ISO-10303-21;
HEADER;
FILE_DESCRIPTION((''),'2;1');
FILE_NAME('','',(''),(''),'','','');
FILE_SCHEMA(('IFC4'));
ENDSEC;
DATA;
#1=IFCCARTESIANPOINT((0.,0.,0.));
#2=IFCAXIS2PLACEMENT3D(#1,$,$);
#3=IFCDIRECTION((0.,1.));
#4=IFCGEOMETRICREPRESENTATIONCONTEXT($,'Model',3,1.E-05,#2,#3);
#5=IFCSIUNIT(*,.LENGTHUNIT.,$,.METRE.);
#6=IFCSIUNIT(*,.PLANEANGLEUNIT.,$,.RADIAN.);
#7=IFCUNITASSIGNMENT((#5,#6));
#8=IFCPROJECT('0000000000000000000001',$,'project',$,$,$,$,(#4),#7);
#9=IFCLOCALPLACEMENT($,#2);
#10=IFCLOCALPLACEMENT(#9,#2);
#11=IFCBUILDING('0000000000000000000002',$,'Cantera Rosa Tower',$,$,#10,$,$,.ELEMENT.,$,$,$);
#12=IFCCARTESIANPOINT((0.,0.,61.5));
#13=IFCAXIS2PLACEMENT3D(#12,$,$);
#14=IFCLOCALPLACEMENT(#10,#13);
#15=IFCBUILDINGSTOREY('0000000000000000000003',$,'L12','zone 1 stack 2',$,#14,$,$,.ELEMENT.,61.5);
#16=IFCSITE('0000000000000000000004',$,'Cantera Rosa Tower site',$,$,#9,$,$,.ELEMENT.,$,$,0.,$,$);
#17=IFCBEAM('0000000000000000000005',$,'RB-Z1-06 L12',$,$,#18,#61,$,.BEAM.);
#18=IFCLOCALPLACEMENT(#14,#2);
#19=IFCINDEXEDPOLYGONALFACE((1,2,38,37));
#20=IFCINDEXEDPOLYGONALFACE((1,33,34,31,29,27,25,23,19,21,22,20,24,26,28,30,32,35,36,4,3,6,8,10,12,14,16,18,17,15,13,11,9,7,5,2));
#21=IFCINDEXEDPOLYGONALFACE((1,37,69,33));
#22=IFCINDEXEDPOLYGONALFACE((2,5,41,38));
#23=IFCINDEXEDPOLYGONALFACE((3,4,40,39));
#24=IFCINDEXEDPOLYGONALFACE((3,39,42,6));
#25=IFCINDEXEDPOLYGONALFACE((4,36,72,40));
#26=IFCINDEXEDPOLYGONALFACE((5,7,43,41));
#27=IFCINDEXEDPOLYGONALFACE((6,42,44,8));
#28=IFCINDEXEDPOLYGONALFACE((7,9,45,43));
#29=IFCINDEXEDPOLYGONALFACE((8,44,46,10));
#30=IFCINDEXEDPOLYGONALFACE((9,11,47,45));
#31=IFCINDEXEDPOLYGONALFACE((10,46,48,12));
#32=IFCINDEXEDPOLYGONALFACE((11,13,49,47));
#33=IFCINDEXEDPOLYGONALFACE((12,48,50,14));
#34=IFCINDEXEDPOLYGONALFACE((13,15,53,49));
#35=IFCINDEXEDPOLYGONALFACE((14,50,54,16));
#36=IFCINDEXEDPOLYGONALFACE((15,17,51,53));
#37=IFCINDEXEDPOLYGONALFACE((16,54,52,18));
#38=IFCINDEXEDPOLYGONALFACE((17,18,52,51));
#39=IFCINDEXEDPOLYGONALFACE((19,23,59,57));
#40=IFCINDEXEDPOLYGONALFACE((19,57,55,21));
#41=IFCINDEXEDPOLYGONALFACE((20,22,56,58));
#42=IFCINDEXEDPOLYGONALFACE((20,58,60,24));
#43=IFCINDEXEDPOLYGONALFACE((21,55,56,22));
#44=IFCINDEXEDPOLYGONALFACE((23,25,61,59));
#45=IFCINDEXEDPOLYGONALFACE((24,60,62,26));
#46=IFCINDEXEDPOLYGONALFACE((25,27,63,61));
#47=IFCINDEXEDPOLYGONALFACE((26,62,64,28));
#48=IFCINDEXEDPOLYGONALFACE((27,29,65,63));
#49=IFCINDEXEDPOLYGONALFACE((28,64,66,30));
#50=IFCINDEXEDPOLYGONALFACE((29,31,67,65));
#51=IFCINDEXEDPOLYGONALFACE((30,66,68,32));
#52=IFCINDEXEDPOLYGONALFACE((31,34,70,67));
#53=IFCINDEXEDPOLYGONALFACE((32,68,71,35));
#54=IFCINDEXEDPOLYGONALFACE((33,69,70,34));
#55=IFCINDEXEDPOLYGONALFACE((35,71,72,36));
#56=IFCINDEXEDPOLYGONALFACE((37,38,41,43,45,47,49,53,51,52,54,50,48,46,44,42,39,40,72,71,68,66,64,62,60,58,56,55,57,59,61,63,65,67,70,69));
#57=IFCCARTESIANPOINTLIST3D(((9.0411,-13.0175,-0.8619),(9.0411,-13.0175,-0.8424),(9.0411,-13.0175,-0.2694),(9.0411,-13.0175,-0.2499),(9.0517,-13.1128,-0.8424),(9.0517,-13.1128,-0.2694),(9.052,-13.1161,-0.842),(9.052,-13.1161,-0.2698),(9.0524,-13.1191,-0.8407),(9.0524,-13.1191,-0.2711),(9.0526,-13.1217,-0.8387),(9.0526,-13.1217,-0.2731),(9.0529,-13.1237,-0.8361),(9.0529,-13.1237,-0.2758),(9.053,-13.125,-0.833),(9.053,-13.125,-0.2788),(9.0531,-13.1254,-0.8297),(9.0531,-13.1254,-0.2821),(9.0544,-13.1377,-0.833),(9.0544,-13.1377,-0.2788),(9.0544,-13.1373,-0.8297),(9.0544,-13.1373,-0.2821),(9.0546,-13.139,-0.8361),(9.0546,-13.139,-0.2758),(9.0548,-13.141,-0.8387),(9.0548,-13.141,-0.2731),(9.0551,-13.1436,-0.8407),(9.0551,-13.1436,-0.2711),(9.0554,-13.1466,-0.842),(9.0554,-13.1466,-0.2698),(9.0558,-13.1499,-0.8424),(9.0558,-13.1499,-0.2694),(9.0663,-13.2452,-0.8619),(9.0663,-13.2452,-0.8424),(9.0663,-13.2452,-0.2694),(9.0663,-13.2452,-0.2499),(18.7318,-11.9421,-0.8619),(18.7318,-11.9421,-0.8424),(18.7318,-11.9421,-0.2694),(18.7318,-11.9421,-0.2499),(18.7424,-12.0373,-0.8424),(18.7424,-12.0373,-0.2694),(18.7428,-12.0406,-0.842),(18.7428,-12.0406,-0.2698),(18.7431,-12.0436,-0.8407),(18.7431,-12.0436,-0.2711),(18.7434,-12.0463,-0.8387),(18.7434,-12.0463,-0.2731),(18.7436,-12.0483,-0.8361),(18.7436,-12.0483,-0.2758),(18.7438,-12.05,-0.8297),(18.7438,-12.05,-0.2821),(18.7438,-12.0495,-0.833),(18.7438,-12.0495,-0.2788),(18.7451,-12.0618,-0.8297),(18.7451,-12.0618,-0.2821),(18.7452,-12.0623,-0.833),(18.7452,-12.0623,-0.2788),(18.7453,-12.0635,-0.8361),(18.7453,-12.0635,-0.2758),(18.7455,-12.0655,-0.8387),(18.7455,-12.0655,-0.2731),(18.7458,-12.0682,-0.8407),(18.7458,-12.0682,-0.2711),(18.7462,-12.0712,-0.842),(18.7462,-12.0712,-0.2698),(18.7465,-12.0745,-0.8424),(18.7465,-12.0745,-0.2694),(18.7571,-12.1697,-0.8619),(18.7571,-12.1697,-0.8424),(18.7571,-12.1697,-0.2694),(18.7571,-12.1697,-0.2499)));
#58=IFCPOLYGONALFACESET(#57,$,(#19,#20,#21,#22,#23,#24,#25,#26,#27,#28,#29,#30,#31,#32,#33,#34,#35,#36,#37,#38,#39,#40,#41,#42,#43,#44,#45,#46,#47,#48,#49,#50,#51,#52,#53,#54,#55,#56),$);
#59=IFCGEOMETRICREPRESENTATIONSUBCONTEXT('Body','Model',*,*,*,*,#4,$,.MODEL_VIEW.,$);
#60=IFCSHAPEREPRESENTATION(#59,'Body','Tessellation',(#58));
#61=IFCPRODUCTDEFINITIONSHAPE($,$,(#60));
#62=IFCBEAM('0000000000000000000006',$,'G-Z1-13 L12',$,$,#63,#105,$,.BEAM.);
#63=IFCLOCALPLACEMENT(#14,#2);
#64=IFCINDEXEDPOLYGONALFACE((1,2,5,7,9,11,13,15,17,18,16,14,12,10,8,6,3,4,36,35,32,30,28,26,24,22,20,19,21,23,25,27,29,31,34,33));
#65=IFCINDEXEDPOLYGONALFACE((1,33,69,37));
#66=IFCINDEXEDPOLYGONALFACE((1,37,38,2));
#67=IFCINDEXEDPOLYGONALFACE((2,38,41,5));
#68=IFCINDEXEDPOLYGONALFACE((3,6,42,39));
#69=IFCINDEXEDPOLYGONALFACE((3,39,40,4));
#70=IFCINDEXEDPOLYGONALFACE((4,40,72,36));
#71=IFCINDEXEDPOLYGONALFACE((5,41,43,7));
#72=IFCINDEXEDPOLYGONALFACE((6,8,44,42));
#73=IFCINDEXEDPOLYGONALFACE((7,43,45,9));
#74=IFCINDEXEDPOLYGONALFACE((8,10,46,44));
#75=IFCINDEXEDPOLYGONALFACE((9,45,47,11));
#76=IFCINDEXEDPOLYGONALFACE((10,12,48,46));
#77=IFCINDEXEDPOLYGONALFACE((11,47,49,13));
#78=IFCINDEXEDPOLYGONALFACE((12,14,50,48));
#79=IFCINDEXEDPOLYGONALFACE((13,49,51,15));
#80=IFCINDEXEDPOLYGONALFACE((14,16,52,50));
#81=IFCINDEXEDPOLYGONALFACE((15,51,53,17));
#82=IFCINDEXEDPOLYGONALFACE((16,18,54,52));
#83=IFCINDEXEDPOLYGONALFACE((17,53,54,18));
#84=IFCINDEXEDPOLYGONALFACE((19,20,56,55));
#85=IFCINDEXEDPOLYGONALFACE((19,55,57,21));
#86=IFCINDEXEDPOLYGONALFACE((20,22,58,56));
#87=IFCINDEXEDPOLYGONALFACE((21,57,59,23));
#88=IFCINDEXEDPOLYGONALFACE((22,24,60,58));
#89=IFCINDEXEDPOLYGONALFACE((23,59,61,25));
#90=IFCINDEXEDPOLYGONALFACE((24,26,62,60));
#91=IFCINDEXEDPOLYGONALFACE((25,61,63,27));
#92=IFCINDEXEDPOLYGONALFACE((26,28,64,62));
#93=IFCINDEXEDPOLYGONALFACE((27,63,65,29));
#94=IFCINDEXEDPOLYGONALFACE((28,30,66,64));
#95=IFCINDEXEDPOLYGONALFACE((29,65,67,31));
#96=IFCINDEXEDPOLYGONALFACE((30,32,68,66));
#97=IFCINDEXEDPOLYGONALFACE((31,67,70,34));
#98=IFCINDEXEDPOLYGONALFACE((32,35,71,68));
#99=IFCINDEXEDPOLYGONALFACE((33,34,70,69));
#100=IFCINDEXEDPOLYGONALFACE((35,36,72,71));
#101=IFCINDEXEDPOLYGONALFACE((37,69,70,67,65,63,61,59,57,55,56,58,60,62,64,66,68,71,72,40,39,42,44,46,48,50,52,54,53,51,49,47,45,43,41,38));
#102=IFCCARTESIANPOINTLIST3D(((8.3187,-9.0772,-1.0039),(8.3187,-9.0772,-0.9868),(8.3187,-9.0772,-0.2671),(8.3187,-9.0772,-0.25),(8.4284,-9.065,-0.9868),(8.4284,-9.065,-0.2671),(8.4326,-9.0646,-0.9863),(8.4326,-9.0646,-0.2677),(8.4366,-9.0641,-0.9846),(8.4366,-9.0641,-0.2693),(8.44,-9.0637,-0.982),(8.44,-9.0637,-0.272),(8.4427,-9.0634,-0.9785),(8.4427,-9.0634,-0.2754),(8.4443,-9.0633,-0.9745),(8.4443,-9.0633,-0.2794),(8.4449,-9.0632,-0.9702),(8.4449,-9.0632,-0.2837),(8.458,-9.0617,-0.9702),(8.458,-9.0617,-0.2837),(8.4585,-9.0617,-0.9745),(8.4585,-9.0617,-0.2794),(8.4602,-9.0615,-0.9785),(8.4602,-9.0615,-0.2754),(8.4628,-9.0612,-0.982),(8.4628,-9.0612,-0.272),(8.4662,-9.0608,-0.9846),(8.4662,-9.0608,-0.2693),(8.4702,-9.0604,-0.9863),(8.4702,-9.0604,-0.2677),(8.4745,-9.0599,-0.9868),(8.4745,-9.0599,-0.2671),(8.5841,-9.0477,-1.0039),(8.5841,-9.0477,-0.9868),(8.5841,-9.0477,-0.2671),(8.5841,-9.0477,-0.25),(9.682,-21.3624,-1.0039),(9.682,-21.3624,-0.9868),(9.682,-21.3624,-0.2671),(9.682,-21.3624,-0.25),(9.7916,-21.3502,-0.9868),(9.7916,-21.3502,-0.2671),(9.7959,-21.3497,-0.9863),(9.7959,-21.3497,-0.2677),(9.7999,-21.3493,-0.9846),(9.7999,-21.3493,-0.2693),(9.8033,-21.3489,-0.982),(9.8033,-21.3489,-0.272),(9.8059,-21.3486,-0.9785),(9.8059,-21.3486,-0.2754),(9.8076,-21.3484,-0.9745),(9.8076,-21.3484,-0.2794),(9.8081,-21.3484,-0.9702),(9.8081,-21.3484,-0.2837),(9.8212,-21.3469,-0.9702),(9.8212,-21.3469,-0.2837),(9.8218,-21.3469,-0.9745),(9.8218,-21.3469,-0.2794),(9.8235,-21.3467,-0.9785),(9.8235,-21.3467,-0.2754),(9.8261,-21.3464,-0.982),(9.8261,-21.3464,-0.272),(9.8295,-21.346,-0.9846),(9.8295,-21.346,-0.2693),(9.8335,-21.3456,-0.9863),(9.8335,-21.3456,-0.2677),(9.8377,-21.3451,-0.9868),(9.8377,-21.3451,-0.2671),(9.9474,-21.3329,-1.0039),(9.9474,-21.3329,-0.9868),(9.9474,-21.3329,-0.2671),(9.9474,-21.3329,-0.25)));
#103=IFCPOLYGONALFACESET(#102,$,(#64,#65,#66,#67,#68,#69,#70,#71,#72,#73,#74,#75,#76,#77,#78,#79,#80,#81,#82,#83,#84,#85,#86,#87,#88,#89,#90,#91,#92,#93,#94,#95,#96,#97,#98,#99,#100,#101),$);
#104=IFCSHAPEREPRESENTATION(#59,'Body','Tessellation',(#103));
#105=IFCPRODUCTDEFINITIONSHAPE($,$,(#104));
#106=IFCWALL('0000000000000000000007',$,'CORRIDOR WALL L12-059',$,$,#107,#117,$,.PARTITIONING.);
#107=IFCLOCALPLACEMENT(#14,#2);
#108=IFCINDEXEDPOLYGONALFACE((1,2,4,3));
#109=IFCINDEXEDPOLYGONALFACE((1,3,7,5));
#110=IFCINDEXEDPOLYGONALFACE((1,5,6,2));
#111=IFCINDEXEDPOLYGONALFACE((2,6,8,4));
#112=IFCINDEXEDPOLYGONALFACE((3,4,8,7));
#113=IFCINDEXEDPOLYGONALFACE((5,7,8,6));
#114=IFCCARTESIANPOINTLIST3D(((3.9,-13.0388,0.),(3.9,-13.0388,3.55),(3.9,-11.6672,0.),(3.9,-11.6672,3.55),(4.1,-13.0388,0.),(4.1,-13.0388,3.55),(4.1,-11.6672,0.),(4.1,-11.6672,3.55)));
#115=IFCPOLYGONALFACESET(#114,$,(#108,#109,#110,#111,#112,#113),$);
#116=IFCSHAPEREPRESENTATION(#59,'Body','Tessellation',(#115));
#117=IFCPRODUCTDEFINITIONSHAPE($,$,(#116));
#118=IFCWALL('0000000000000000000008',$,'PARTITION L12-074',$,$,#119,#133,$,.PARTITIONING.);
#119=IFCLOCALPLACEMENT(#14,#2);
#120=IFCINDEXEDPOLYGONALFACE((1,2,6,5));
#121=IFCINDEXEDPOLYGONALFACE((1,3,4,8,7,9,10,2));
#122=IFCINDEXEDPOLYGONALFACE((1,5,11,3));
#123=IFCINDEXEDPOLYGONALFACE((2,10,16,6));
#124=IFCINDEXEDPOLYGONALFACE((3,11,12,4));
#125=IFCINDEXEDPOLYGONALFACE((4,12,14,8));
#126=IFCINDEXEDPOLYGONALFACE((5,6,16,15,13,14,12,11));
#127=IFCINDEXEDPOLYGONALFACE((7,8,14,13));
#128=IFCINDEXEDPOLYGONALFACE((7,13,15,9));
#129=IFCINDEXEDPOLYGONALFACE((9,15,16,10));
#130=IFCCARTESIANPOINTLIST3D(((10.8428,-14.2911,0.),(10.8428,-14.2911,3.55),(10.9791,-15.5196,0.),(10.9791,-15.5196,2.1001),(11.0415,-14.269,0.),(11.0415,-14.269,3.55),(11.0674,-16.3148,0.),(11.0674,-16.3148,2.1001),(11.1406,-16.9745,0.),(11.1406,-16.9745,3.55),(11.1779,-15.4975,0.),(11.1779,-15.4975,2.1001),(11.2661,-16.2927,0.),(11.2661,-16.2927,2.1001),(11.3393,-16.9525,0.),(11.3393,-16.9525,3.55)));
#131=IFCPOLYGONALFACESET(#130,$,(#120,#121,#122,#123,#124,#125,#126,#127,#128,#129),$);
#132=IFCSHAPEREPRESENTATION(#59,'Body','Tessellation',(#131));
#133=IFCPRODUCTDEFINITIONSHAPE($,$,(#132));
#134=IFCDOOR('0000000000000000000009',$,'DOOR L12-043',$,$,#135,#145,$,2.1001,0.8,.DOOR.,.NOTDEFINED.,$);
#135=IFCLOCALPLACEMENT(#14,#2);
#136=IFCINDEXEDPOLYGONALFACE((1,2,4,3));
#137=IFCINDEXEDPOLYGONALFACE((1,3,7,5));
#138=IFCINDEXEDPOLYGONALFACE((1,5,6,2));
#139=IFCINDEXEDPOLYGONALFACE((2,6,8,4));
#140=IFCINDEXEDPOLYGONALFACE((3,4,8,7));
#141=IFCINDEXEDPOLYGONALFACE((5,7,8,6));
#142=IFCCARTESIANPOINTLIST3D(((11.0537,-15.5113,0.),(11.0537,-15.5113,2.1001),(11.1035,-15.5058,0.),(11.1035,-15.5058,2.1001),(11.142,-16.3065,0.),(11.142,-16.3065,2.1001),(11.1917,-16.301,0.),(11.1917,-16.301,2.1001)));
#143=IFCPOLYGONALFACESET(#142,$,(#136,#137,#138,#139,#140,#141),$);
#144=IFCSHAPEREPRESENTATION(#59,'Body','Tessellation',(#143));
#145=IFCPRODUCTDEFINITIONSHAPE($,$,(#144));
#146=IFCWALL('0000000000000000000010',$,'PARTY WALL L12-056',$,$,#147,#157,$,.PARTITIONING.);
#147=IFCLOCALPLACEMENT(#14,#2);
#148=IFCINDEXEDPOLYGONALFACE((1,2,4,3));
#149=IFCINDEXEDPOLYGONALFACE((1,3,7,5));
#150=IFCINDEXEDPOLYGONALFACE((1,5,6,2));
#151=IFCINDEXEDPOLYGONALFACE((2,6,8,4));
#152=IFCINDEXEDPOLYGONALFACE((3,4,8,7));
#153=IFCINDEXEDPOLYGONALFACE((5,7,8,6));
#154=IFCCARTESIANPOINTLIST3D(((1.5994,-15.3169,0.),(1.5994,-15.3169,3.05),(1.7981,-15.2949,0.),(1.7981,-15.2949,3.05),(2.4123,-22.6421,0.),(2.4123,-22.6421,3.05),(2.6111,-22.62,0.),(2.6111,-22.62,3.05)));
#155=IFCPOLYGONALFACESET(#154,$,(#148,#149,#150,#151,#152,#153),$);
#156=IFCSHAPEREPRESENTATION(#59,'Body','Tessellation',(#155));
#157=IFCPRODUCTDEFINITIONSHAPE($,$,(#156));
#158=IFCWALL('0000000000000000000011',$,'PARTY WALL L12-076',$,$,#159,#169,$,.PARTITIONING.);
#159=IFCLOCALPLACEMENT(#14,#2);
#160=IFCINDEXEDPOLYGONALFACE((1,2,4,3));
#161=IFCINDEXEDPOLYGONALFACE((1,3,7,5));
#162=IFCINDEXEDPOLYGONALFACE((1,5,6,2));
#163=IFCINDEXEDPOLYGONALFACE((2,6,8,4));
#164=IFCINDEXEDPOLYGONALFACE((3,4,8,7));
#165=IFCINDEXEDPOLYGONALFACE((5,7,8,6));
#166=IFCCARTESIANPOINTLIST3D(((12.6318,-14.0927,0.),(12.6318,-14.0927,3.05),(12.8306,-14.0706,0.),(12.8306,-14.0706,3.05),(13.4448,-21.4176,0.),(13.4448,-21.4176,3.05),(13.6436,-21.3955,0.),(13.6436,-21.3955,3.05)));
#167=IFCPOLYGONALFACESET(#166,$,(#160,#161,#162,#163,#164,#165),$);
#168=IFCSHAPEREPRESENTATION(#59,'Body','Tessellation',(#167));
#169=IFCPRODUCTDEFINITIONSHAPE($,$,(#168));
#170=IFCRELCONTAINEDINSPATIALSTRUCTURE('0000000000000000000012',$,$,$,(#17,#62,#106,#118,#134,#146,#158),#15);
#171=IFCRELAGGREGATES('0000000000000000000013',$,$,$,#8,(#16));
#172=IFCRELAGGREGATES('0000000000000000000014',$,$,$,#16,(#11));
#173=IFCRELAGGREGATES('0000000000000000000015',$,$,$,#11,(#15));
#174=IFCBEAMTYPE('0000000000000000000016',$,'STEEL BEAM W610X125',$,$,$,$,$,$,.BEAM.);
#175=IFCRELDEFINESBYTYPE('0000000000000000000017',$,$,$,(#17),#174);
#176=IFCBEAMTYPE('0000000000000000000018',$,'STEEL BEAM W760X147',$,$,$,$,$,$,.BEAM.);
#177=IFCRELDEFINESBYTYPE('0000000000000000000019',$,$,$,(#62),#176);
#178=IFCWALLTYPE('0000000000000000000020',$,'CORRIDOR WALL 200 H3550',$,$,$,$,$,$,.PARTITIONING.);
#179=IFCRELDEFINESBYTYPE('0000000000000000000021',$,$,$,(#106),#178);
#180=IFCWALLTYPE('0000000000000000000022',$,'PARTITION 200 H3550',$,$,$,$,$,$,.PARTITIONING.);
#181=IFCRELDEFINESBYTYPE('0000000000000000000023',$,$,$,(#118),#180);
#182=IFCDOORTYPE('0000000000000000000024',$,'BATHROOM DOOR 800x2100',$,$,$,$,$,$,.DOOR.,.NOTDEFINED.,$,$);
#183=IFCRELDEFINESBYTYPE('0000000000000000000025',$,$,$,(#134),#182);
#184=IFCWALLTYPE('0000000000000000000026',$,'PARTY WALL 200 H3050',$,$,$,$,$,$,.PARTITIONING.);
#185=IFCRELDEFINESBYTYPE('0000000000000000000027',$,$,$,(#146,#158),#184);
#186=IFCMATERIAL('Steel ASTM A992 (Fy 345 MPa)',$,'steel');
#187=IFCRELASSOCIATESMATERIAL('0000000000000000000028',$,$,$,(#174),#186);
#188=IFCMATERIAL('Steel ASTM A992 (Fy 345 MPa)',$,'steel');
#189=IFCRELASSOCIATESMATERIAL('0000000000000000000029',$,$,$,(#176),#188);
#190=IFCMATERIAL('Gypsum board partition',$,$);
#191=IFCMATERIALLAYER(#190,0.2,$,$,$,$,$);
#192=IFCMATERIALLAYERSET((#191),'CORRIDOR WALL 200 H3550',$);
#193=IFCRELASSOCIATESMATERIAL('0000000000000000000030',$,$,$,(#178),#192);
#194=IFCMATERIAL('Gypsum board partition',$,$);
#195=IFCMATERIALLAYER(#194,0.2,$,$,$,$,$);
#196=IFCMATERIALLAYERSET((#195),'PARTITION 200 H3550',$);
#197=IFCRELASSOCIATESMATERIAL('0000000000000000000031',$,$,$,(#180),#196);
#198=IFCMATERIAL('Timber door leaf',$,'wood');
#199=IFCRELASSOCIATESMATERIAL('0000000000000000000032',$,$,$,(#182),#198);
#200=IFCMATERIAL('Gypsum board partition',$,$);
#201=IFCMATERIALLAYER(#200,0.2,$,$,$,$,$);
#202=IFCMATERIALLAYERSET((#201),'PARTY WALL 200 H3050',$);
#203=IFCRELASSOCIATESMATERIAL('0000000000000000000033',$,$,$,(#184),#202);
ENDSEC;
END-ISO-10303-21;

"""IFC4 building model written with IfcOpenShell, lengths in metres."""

from ifc_helpers import new_model, si_unit, direction, frame, frame_2d, origin, origin_2d, place, context, subcontext, project, spatial, rectangle, i_section, extrude, material, layer, layer_set, material_profile, profile_set, type_object, element, fill, save


model = new_model("IFC4")

# Units and contexts
model_context = context("Model", 3, precision=1e-05, world=origin(), true_north=direction((0.0, 1.0)))
body_context = subcontext(model_context, "Body", "Model", "MODEL_VIEW")
ifc_project = project(units=[si_unit("LENGTHUNIT", "METRE"), si_unit("PLANEANGLEUNIT", "RADIAN")], contexts=[model_context])

# Site, building, storey
site_placement = place(None, origin())
site = spatial("IfcSite", under=ifc_project, at=site_placement, Name="Cantera Rosa Tower site", CompositionType="ELEMENT", RefElevation=0.0)
building_placement = place(site_placement, origin())
building = spatial("IfcBuilding", under=site, at=building_placement, Name="Cantera Rosa Tower", CompositionType="ELEMENT")
storey_placement = place(building_placement, frame((0.0, 0.0, 61.5)))
storey = spatial("IfcBuildingStorey", under=building, at=storey_placement, Name="L12", Description="zone 1 stack 2", CompositionType="ELEMENT", Elevation=61.5)

# Beams
ifc_material_1 = material(Name="Steel ASTM A992 (Fy 345 MPa)", Category="steel")
ifc_material_profile_1 = material_profile(ifc_material_1, i_section(OverallWidth=0.229, OverallDepth=0.6121, WebThickness=0.012, FlangeThickness=0.0195, FilletRadius=0.0127, at=origin_2d()), Name="W610X125")
ifc_profile_set_1 = profile_set([ifc_material_profile_1], Name="Steel ASTM A992 (Fy 345 MPa)")
beam_type_1 = type_object("IfcBeamType", Name="STEEL BEAM W610X125", PredefinedType="BEAM", material=ifc_profile_set_1)
beam_1_placement = place(storey_placement, frame((9.0537, -13.1313, -0.5559), z_axis=(0.993898, 0.1103, 0.0), x_axis=(-0.1103, 0.993898, 0.0)))
element("IfcBeam", 1, at=beam_1_placement, inside=storey, type_object=beam_type_1, Name="RB-Z1-06 L12", PredefinedType="BEAM", context=body_context, shape_type="SweptSolid", body=[
    extrude(i_section(OverallWidth=0.229, OverallDepth=0.6121, WebThickness=0.012, FlangeThickness=0.0195, FilletRadius=0.0127, at=origin_2d()), origin(), (0.0, 0.0, 1.0), 9.7502),
])
ifc_material_2 = material(Name="Steel ASTM A992 (Fy 345 MPa)", Category="steel")
ifc_material_profile_2 = material_profile(ifc_material_2, i_section(OverallWidth=0.2671, OverallDepth=0.7539, WebThickness=0.0132, FlangeThickness=0.0171, FilletRadius=0.0166, at=origin_2d()), Name="W760X147")
ifc_profile_set_2 = profile_set([ifc_material_profile_2], Name="Steel ASTM A992 (Fy 345 MPa)")
beam_type_2 = type_object("IfcBeamType", Name="STEEL BEAM W760X147", PredefinedType="BEAM", material=ifc_profile_set_2)
beam_2_placement = place(storey_placement, frame((9.8147, -21.3477, -0.627), z_axis=(-0.110293, 0.993899, 0.0), x_axis=(-0.993899, -0.110293, 0.0)))
element("IfcBeam", 2, at=beam_2_placement, inside=storey, type_object=beam_type_2, Name="G-Z1-13 L12", PredefinedType="BEAM", context=body_context, shape_type="SweptSolid", body=[
    extrude(i_section(OverallWidth=0.2671, OverallDepth=0.7539, WebThickness=0.0132, FlangeThickness=0.0171, FilletRadius=0.0166, at=origin_2d()), origin(), (0.0, 0.0, 1.0), 12.3606),
])

# Wall
ifc_material_3 = material(Name="Gypsum board partition")
ifc_layer_1 = layer(ifc_material_3, 0.2)
ifc_layer_set_1 = layer_set([ifc_layer_1], Name="CORRIDOR WALL 200 H3550")
wall_type_1 = type_object("IfcWallType", Name="CORRIDOR WALL 200 H3550", PredefinedType="PARTITIONING", material=ifc_layer_set_1)
wall_1_placement = place(storey_placement, frame((4.0, -13.0388, 0.0), z_axis=(0.0, 0.0, 1.0), x_axis=(0.0, 1.0, 0.0)))
element("IfcWall", 3, at=wall_1_placement, inside=storey, type_object=wall_type_1, Name="CORRIDOR WALL L12-059", PredefinedType="PARTITIONING", context=body_context, shape_type="SweptSolid", body=[
    extrude(rectangle(XDim=1.3716, YDim=0.2, at=frame_2d((0.6858, 0.0))), origin(), (0.0, 0.0, 1.0), 3.55),
])

# Wall, opening, door
ifc_material_4 = material(Name="Gypsum board partition")
ifc_layer_2 = layer(ifc_material_4, 0.2)
ifc_layer_set_2 = layer_set([ifc_layer_2], Name="PARTITION 200 H3550")
wall_type_2 = type_object("IfcWallType", Name="PARTITION 200 H3550", PredefinedType="PARTITIONING", material=ifc_layer_set_2)
wall_2_placement = place(storey_placement, frame((11.24, -16.9636, 0.0), z_axis=(0.0, 0.0, 1.0), x_axis=(-0.110312, 0.993897, 0.0)))
wall_2 = element("IfcWall", 4, at=wall_2_placement, inside=storey, type_object=wall_type_2, Name="PARTITION L12-074", PredefinedType="PARTITIONING", context=body_context, shape_type="SweptSolid", body=[
    extrude(rectangle(XDim=2.7, YDim=0.2, at=frame_2d((1.3501, 0.0))), origin(), (0.0, 0.0, 1.0), 3.55),
])
opening_1_placement = place(wall_2_placement, frame((0.6641, 0.0, 0.0)))
opening_1 = element("IfcOpeningElement", 5, at=opening_1_placement, cuts=wall_2, PredefinedType="OPENING", context=body_context, shape_type="SweptSolid", body=[
    extrude(rectangle(XDim=0.8, YDim=2.1001, at=frame_2d((0.3999, 1.05))), frame((0.0, 0.1099, 0.0), z_axis=(0.0, -1.0, 0.0), x_axis=(1.0, 0.0, 0.0)), (0.0, 0.0, 1.0), 0.22),
])
ifc_material_5 = material(Name="Timber door leaf", Category="wood")
door_type_1 = type_object("IfcDoorType", Name="BATHROOM DOOR 800x2100", OperationType="NOTDEFINED", PredefinedType="DOOR", material=ifc_material_5)
door_1_placement = place(opening_1_placement, origin())
door_1 = element("IfcDoor", 6, at=door_1_placement, inside=storey, type_object=door_type_1, Name="DOOR L12-043", OperationType="NOTDEFINED", OverallHeight=2.1001, OverallWidth=0.8, PredefinedType="DOOR", context=body_context, shape_type="SweptSolid", body=[
    extrude(rectangle(XDim=0.8, YDim=2.1001, at=frame_2d((0.3999, 1.05))), frame((0.0, 0.0249, 0.0), z_axis=(0.0, -1.0, 0.0), x_axis=(1.0, 0.0, 0.0)), (0.0, 0.0, 1.0), 0.05),
])
fill(opening_1, door_1)

# Walls
ifc_material_6 = material(Name="Gypsum board partition")
ifc_layer_3 = layer(ifc_material_6, 0.2)
ifc_layer_set_3 = layer_set([ifc_layer_3], Name="PARTY WALL 200 H3050")
wall_type_3 = type_object("IfcWallType", Name="PARTY WALL 200 H3050", PredefinedType="PARTITIONING", material=ifc_layer_set_3)
wall_3_placement = place(storey_placement, frame((1.6987, -15.3059, 0.0), z_axis=(0.0, 0.0, 1.0), x_axis=(0.110308, -0.993897, 0.0)))
element("IfcWall", 7, at=wall_3_placement, inside=storey, type_object=wall_type_3, Name="PARTY WALL L12-056", PredefinedType="PARTITIONING", context=body_context, shape_type="SweptSolid", body=[
    extrude(rectangle(XDim=7.3701, YDim=0.2, at=frame_2d((3.6851, 0.0))), origin(), (0.0, 0.0, 1.0), 3.05),
])
wall_4_placement = place(storey_placement, frame((12.7312, -14.0815, 0.0), z_axis=(0.0, 0.0, 1.0), x_axis=(0.110312, -0.993897, 0.0)))
element("IfcWall", 8, at=wall_4_placement, inside=storey, type_object=wall_type_3, Name="PARTY WALL L12-076", PredefinedType="PARTITIONING", context=body_context, shape_type="SweptSolid", body=[
    extrude(rectangle(XDim=7.3699, YDim=0.2, at=frame_2d((3.6851, 0.0))), origin(), (0.0, 0.0, 1.0), 3.05),
])

save(model, "model.ifc")
